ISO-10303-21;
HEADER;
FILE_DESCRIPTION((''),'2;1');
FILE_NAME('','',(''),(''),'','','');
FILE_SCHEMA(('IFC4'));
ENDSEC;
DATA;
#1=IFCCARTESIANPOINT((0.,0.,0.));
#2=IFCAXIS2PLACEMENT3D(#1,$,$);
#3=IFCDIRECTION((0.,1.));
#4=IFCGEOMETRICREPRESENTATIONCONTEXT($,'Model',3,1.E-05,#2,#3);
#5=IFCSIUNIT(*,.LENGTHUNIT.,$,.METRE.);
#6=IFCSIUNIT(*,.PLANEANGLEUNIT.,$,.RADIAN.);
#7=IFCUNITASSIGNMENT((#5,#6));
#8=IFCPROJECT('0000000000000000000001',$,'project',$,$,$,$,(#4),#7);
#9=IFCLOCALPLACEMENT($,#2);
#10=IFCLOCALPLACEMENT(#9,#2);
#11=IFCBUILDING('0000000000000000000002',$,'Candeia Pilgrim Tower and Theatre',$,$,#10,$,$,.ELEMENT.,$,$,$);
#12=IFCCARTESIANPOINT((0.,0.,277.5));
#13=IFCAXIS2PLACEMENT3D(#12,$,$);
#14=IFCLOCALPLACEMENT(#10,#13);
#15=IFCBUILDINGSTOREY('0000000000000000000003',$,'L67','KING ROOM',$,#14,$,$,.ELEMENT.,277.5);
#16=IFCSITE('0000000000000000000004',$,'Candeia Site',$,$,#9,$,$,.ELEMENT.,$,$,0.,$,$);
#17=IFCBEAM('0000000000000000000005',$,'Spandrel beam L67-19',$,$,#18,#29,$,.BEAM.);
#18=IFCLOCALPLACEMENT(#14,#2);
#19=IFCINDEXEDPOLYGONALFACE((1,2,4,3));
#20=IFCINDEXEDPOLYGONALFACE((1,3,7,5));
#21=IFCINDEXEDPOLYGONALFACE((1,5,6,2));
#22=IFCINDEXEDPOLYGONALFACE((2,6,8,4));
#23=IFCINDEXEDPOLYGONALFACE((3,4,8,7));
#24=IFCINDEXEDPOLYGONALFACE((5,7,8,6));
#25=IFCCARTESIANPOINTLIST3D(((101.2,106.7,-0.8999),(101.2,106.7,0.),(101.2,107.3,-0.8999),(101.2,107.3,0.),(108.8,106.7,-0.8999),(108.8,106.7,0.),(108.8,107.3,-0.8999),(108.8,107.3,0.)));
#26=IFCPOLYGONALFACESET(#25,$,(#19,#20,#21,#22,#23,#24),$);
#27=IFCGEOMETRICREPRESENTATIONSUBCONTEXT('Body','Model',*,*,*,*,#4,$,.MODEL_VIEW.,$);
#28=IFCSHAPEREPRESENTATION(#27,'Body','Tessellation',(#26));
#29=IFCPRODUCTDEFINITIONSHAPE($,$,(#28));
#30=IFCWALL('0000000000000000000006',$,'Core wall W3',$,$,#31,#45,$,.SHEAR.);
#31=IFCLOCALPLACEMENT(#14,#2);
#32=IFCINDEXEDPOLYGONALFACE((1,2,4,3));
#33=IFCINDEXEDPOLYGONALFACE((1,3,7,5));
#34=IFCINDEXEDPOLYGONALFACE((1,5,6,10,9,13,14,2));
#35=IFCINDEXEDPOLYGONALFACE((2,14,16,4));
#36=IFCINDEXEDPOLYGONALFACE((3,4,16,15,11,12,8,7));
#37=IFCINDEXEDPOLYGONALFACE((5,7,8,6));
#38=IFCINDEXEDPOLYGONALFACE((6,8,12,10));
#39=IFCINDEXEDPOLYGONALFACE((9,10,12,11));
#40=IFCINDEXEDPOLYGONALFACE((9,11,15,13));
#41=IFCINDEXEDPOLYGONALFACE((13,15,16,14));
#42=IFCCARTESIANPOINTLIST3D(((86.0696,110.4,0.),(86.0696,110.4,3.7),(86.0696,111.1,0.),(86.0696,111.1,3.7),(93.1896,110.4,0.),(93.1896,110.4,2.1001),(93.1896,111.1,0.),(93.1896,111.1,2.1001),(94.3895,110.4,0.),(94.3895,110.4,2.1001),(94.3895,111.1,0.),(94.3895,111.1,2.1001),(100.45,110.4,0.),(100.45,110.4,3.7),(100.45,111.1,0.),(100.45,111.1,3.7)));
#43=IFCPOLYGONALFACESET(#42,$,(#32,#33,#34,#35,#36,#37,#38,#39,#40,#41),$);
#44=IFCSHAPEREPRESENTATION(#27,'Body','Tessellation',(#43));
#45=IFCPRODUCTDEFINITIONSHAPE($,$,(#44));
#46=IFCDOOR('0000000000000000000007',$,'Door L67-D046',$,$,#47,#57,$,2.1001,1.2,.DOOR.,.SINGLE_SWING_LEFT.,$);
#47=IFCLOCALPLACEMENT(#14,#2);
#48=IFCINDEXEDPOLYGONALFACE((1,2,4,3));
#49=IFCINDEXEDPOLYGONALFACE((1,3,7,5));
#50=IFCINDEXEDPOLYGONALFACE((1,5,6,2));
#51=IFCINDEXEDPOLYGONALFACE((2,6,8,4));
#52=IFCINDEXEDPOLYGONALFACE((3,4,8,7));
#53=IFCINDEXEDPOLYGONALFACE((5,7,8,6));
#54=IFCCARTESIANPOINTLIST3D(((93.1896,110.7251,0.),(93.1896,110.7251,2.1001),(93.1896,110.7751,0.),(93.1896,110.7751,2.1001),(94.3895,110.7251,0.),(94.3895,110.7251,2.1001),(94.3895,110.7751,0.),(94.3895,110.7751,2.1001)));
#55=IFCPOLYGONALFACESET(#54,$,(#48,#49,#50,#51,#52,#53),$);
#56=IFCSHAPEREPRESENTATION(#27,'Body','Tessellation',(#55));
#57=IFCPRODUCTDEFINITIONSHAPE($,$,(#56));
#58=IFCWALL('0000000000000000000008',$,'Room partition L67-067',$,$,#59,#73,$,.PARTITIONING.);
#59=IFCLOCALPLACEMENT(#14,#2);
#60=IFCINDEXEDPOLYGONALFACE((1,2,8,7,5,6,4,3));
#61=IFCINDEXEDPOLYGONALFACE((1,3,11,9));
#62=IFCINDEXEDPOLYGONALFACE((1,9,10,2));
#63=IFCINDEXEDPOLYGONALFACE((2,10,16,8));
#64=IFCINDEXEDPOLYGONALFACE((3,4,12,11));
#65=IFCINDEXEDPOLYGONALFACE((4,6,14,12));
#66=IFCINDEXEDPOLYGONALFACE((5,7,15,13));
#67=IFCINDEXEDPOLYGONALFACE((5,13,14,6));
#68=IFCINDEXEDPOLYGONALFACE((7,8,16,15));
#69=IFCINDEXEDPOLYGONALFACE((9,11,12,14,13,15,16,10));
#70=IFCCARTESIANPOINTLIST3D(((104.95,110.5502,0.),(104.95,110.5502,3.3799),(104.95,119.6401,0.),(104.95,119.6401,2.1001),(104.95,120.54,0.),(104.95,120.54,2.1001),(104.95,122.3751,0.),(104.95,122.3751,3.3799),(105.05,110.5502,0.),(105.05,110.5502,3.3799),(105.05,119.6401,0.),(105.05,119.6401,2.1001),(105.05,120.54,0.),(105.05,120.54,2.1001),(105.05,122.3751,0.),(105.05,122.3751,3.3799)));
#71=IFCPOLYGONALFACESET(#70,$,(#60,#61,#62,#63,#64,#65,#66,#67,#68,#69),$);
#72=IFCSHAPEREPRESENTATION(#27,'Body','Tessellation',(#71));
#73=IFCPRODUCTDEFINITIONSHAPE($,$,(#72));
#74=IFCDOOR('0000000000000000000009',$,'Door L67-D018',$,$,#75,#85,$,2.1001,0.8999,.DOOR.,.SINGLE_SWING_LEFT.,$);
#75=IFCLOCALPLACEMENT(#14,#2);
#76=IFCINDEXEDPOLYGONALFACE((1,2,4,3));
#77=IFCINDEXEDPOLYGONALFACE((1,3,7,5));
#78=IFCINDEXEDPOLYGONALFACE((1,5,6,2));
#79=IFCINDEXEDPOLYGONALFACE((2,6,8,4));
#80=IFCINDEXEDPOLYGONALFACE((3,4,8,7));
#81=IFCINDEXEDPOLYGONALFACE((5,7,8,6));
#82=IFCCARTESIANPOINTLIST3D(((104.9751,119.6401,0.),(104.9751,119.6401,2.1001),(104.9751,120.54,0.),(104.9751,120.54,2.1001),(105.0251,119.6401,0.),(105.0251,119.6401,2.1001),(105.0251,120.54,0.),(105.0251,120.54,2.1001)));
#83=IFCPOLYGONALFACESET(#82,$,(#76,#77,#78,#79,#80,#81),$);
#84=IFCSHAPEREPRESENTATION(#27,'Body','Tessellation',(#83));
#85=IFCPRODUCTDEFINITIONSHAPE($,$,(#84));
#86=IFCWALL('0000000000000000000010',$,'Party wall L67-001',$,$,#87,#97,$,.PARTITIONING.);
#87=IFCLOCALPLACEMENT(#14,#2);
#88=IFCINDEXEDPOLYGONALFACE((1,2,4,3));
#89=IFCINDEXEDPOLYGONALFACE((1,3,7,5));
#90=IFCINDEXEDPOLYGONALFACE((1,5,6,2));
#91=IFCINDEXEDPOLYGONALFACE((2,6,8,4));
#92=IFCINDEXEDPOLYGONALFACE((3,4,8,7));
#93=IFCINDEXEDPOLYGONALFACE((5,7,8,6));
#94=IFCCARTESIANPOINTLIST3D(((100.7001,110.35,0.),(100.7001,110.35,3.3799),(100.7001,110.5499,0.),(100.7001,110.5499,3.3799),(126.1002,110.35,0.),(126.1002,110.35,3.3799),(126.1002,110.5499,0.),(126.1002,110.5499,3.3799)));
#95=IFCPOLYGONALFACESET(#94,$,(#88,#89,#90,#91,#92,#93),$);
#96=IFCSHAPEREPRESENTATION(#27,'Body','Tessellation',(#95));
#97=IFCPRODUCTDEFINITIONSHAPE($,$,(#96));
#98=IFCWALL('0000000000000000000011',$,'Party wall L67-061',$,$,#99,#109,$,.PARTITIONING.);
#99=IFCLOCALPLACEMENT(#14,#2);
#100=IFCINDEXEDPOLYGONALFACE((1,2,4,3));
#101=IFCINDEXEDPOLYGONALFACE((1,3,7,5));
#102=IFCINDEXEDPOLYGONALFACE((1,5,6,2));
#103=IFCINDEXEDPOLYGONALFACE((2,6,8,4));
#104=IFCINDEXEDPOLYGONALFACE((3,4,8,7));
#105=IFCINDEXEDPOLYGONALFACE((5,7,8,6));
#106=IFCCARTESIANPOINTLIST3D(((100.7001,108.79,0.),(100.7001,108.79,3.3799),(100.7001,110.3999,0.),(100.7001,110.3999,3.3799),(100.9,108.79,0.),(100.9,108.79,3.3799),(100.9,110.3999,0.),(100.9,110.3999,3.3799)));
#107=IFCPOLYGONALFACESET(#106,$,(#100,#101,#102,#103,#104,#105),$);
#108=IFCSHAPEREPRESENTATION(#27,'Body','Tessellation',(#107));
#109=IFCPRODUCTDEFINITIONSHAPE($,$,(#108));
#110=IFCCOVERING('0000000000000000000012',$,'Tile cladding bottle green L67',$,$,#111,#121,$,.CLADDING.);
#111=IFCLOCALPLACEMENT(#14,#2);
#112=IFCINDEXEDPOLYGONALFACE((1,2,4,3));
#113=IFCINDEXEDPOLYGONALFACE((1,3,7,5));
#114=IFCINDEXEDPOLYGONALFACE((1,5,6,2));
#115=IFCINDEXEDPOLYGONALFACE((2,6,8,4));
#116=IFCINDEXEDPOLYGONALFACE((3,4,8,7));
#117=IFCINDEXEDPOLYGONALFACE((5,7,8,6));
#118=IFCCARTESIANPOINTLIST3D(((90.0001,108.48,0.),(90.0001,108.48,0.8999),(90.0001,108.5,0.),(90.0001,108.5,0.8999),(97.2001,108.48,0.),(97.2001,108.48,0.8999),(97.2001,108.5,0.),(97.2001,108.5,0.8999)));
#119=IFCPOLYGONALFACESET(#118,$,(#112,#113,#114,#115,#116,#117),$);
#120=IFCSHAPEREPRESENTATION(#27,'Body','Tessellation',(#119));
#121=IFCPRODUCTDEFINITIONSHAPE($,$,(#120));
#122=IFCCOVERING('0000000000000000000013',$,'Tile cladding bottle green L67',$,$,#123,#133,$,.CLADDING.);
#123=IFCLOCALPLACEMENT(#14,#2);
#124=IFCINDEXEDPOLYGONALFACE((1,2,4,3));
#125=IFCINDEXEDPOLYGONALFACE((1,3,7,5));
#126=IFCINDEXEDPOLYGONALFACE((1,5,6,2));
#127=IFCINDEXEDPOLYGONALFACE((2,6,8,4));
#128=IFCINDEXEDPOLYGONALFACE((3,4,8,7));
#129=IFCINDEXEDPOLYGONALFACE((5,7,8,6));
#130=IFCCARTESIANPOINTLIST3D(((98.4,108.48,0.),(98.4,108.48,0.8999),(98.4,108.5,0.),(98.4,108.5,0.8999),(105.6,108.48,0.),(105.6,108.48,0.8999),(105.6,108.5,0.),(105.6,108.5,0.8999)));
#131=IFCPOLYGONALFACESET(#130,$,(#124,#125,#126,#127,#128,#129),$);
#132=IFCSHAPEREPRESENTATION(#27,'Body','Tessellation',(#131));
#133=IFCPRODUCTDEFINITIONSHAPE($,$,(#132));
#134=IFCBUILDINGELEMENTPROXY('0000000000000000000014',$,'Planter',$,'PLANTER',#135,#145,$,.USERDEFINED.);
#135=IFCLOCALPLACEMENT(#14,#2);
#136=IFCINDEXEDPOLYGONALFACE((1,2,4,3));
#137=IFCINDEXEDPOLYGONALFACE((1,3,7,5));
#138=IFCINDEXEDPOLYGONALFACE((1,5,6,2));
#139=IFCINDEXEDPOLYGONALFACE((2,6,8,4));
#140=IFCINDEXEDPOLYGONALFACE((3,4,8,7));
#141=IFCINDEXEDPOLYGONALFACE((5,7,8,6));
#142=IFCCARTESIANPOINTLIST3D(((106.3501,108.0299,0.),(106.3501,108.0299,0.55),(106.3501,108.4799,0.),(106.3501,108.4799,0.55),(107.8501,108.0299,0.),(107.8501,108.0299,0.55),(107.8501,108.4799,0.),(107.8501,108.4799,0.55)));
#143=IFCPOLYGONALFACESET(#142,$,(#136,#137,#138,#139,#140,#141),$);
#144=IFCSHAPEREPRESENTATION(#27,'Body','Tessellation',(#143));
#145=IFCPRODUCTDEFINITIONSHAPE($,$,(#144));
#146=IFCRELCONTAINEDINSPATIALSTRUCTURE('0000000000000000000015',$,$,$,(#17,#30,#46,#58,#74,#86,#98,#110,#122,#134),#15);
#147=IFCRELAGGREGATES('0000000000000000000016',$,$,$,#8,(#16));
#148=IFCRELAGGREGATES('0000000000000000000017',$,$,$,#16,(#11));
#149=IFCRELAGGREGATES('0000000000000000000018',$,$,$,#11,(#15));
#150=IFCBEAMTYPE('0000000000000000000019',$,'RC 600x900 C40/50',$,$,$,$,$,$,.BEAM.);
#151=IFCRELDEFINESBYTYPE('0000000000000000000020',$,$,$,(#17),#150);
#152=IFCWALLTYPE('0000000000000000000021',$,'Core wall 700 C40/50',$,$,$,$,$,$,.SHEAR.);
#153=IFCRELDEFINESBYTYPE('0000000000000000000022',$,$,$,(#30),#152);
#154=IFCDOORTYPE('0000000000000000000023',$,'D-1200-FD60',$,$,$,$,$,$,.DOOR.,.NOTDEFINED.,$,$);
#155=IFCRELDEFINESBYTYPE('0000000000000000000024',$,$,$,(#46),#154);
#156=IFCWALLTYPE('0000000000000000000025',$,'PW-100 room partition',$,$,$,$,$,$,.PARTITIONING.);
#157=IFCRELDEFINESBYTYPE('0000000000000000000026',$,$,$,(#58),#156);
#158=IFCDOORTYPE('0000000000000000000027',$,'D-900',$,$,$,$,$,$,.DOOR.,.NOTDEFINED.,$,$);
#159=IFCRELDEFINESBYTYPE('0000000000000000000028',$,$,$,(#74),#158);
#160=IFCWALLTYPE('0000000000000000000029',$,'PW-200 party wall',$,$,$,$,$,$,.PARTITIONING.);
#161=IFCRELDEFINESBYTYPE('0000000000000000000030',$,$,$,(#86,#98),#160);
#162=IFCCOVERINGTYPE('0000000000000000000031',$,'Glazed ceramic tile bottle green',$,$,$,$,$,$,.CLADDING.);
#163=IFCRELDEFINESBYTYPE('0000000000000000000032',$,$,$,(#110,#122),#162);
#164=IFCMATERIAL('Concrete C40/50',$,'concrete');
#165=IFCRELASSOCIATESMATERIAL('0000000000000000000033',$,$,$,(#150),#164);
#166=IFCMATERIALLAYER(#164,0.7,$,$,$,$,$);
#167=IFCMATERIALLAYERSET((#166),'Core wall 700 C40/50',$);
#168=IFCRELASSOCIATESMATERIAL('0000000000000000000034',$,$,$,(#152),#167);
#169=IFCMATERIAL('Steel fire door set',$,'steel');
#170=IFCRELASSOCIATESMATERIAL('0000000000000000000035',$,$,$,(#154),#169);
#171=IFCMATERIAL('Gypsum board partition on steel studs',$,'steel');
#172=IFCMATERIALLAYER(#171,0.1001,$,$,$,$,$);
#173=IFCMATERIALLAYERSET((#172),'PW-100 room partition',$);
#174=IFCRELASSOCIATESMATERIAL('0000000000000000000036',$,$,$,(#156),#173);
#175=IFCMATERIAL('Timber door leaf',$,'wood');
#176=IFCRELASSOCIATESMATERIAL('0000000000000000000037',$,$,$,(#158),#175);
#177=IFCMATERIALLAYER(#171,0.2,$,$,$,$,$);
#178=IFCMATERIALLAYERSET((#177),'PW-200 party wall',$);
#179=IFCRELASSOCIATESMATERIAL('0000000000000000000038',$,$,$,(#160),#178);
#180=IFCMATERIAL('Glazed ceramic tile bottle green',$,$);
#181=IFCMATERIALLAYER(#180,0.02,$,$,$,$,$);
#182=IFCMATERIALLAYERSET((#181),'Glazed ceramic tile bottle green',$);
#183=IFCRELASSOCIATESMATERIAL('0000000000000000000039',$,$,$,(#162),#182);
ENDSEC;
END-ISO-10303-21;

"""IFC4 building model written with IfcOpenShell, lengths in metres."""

from ifc_helpers import new_model, si_unit, direction, frame, frame_2d, origin, origin_2d, place, context, subcontext, project, spatial, rectangle, extrude, material, layer, layer_set, material_profile, profile_set, type_object, element, fill, save


model = new_model("IFC4")

# Units and contexts
model_context = context("Model", 3, precision=1e-05, world=origin(), true_north=direction((0.0, 1.0)))
body_context = subcontext(model_context, "Body", "Model", "MODEL_VIEW")
ifc_project = project(units=[si_unit("LENGTHUNIT", "METRE"), si_unit("PLANEANGLEUNIT", "RADIAN")], contexts=[model_context])

# Site, building, storey
site_placement = place(None, origin())
site = spatial("IfcSite", under=ifc_project, at=site_placement, Name="Candeia Site", CompositionType="ELEMENT", RefElevation=0.0)
building_placement = place(site_placement, origin())
building = spatial("IfcBuilding", under=site, at=building_placement, Name="Candeia Pilgrim Tower and Theatre", CompositionType="ELEMENT")
storey_placement = place(building_placement, frame((0.0, 0.0, 277.5)))
storey = spatial("IfcBuildingStorey", under=building, at=storey_placement, Name="L67", Description="KING ROOM", CompositionType="ELEMENT", Elevation=277.5)

# Beam
ifc_material_1 = material(Name="Concrete C40/50", Category="concrete")
ifc_material_profile = material_profile(ifc_material_1, rectangle(XDim=0.6001, YDim=0.8999, at=origin_2d()))
ifc_profile_set = profile_set([ifc_material_profile], Name="Concrete C40/50")
beam_type = type_object("IfcBeamType", Name="RC 600x900 C40/50", PredefinedType="BEAM", material=ifc_profile_set)
beam_placement = place(storey_placement, frame((108.8, 107.0, -0.45), z_axis=(-1.0, 0.0, 0.0), x_axis=(0.0, -1.0, 0.0)))
element("IfcBeam", 1, at=beam_placement, inside=storey, type_object=beam_type, Name="Spandrel beam L67-19", PredefinedType="BEAM", context=body_context, shape_type="SweptSolid", body=[
    extrude(rectangle(XDim=0.6001, YDim=0.8999, at=origin_2d()), origin(), (0.0, 0.0, 1.0), 7.6001),
])

# Walls, openings, doors
ifc_layer_1 = layer(ifc_material_1, 0.7)
ifc_layer_set_1 = layer_set([ifc_layer_1], Name="Core wall 700 C40/50")
wall_type_1 = type_object("IfcWallType", Name="Core wall 700 C40/50", PredefinedType="SHEAR", material=ifc_layer_set_1)
wall_1_placement = place(storey_placement, frame((100.45, 110.75, 0.0), z_axis=(0.0, 0.0, 1.0), x_axis=(-1.0, 0.0, 0.0)))
wall_1 = element("IfcWall", 2, at=wall_1_placement, inside=storey, type_object=wall_type_1, Name="Core wall W3", PredefinedType="SHEAR", context=body_context, shape_type="SweptSolid", body=[
    extrude(rectangle(XDim=14.3804, YDim=0.7, at=frame_2d((7.1902, 0.0))), origin(), (0.0, 0.0, 1.0), 3.7),
])
opening_1_placement = place(wall_1_placement, frame((6.0603, 0.0, 0.0)))
opening_1 = element("IfcOpeningElement", 3, at=opening_1_placement, cuts=wall_1, PredefinedType="OPENING", context=body_context, shape_type="SweptSolid", body=[
    extrude(rectangle(XDim=1.2, YDim=2.1001, at=frame_2d((0.6001, 1.05))), frame((0.0, 0.3599, 0.0), z_axis=(0.0, -1.0, 0.0), x_axis=(1.0, 0.0, 0.0)), (0.0, 0.0, 1.0), 0.72),
])
ifc_material_2 = material(Name="Steel fire door set", Category="steel")
door_type_1 = type_object("IfcDoorType", Name="D-1200-FD60", OperationType="NOTDEFINED", PredefinedType="DOOR", material=ifc_material_2)
door_1_placement = place(opening_1_placement, origin())
door_1 = element("IfcDoor", 4, at=door_1_placement, inside=storey, type_object=door_type_1, Name="Door L67-D046", OperationType="SINGLE_SWING_LEFT", OverallHeight=2.1001, OverallWidth=1.2, PredefinedType="DOOR", context=body_context, shape_type="SweptSolid", body=[
    extrude(rectangle(XDim=1.2, YDim=2.1001, at=frame_2d((0.6001, 1.05))), frame((0.0, 0.0249, 0.0), z_axis=(0.0, -1.0, 0.0), x_axis=(1.0, 0.0, 0.0)), (0.0, 0.0, 1.0), 0.05),
])
fill(opening_1, door_1)
ifc_material_3 = material(Name="Gypsum board partition on steel studs", Category="steel")
ifc_layer_2 = layer(ifc_material_3, 0.1001)
ifc_layer_set_2 = layer_set([ifc_layer_2], Name="PW-100 room partition")
wall_type_2 = type_object("IfcWallType", Name="PW-100 room partition", PredefinedType="PARTITIONING", material=ifc_layer_set_2)
wall_2_placement = place(storey_placement, frame((105.0, 110.55, 0.0), z_axis=(0.0, 0.0, 1.0), x_axis=(0.0, 1.0, 0.0)))
wall_2 = element("IfcWall", 5, at=wall_2_placement, inside=storey, type_object=wall_type_2, Name="Room partition L67-067", PredefinedType="PARTITIONING", context=body_context, shape_type="SweptSolid", body=[
    extrude(rectangle(XDim=11.825, YDim=0.1001, at=frame_2d((5.9126, 0.0))), origin(), (0.0, 0.0, 1.0), 3.3799),
])
opening_2_placement = place(wall_2_placement, frame((9.0901, 0.0, 0.0)))
opening_2 = element("IfcOpeningElement", 6, at=opening_2_placement, cuts=wall_2, PredefinedType="OPENING", context=body_context, shape_type="SweptSolid", body=[
    extrude(rectangle(XDim=0.8999, YDim=2.1001, at=frame_2d((0.45, 1.05))), frame((0.0, 0.0601, 0.0), z_axis=(0.0, -1.0, 0.0), x_axis=(1.0, 0.0, 0.0)), (0.0, 0.0, 1.0), 0.1201),
])
ifc_material_4 = material(Name="Timber door leaf", Category="wood")
door_type_2 = type_object("IfcDoorType", Name="D-900", OperationType="NOTDEFINED", PredefinedType="DOOR", material=ifc_material_4)
door_2_placement = place(opening_2_placement, origin())
door_2 = element("IfcDoor", 7, at=door_2_placement, inside=storey, type_object=door_type_2, Name="Door L67-D018", OperationType="SINGLE_SWING_LEFT", OverallHeight=2.1001, OverallWidth=0.8999, PredefinedType="DOOR", context=body_context, shape_type="SweptSolid", body=[
    extrude(rectangle(XDim=0.8999, YDim=2.1001, at=frame_2d((0.45, 1.05))), frame((0.0, 0.0249, 0.0), z_axis=(0.0, -1.0, 0.0), x_axis=(1.0, 0.0, 0.0)), (0.0, 0.0, 1.0), 0.05),
])
fill(opening_2, door_2)

# Walls
ifc_layer_3 = layer(ifc_material_3, 0.2)
ifc_layer_set_3 = layer_set([ifc_layer_3], Name="PW-200 party wall")
wall_type_3 = type_object("IfcWallType", Name="PW-200 party wall", PredefinedType="PARTITIONING", material=ifc_layer_set_3)
wall_3_placement = place(storey_placement, frame((100.7, 110.45, 0.0), z_axis=(0.0, 0.0, 1.0), x_axis=(1.0, 0.0, 0.0)))
element("IfcWall", 8, at=wall_3_placement, inside=storey, type_object=wall_type_3, Name="Party wall L67-001", PredefinedType="PARTITIONING", context=body_context, shape_type="SweptSolid", body=[
    extrude(rectangle(XDim=25.4001, YDim=0.2, at=frame_2d((12.7002, 0.0))), origin(), (0.0, 0.0, 1.0), 3.3799),
])
wall_4_placement = place(storey_placement, frame((100.8, 108.79, 0.0), z_axis=(0.0, 0.0, 1.0), x_axis=(0.0, 1.0, 0.0)))
element("IfcWall", 9, at=wall_4_placement, inside=storey, type_object=wall_type_3, Name="Party wall L67-061", PredefinedType="PARTITIONING", context=body_context, shape_type="SweptSolid", body=[
    extrude(rectangle(XDim=1.6099, YDim=0.2, at=frame_2d((0.8049, 0.0))), origin(), (0.0, 0.0, 1.0), 3.3799),
])

# Coverings
ifc_material_5 = material(Name="Glazed ceramic tile bottle green")
ifc_layer_4 = layer(ifc_material_5, 0.02)
ifc_layer_set_4 = layer_set([ifc_layer_4], Name="Glazed ceramic tile bottle green")
covering_type = type_object("IfcCoveringType", Name="Glazed ceramic tile bottle green", PredefinedType="CLADDING", material=ifc_layer_set_4)
for number, where, z_axis, x_axis, name in (
    (10, (93.6001, 108.49, 0.0), (0.0, 0.0, 1.0), (1.0, 0.0, 0.0), "Tile cladding bottle green L67"),
    (11, (102.0, 108.49, 0.0), (0.0, 0.0, 1.0), (1.0, 0.0, 0.0), "Tile cladding bottle green L67"),
):
    element("IfcCovering", number, at=place(storey_placement, frame(where, z_axis=z_axis, x_axis=x_axis)), inside=storey, type_object=covering_type, Name=name, PredefinedType="CLADDING", context=body_context, shape_type="SweptSolid", body=[
        extrude(rectangle(XDim=7.2, YDim=0.02, at=origin_2d()), origin(), (0.0, 0.0, 1.0), 0.8999),
    ])

# Building element proxy
proxy_placement = place(storey_placement, frame((107.1001, 108.2549, 0.0), z_axis=(0.0, 0.0, 1.0), x_axis=(1.0, 0.0, 0.0)))
element("IfcBuildingElementProxy", 12, at=proxy_placement, inside=storey, Name="Planter", ObjectType="PLANTER", PredefinedType="USERDEFINED", context=body_context, shape_type="SweptSolid", body=[
    extrude(rectangle(XDim=1.5, YDim=0.45, at=origin_2d()), origin(), (0.0, 0.0, 1.0), 0.55),
])

save(model, "model.ifc")
